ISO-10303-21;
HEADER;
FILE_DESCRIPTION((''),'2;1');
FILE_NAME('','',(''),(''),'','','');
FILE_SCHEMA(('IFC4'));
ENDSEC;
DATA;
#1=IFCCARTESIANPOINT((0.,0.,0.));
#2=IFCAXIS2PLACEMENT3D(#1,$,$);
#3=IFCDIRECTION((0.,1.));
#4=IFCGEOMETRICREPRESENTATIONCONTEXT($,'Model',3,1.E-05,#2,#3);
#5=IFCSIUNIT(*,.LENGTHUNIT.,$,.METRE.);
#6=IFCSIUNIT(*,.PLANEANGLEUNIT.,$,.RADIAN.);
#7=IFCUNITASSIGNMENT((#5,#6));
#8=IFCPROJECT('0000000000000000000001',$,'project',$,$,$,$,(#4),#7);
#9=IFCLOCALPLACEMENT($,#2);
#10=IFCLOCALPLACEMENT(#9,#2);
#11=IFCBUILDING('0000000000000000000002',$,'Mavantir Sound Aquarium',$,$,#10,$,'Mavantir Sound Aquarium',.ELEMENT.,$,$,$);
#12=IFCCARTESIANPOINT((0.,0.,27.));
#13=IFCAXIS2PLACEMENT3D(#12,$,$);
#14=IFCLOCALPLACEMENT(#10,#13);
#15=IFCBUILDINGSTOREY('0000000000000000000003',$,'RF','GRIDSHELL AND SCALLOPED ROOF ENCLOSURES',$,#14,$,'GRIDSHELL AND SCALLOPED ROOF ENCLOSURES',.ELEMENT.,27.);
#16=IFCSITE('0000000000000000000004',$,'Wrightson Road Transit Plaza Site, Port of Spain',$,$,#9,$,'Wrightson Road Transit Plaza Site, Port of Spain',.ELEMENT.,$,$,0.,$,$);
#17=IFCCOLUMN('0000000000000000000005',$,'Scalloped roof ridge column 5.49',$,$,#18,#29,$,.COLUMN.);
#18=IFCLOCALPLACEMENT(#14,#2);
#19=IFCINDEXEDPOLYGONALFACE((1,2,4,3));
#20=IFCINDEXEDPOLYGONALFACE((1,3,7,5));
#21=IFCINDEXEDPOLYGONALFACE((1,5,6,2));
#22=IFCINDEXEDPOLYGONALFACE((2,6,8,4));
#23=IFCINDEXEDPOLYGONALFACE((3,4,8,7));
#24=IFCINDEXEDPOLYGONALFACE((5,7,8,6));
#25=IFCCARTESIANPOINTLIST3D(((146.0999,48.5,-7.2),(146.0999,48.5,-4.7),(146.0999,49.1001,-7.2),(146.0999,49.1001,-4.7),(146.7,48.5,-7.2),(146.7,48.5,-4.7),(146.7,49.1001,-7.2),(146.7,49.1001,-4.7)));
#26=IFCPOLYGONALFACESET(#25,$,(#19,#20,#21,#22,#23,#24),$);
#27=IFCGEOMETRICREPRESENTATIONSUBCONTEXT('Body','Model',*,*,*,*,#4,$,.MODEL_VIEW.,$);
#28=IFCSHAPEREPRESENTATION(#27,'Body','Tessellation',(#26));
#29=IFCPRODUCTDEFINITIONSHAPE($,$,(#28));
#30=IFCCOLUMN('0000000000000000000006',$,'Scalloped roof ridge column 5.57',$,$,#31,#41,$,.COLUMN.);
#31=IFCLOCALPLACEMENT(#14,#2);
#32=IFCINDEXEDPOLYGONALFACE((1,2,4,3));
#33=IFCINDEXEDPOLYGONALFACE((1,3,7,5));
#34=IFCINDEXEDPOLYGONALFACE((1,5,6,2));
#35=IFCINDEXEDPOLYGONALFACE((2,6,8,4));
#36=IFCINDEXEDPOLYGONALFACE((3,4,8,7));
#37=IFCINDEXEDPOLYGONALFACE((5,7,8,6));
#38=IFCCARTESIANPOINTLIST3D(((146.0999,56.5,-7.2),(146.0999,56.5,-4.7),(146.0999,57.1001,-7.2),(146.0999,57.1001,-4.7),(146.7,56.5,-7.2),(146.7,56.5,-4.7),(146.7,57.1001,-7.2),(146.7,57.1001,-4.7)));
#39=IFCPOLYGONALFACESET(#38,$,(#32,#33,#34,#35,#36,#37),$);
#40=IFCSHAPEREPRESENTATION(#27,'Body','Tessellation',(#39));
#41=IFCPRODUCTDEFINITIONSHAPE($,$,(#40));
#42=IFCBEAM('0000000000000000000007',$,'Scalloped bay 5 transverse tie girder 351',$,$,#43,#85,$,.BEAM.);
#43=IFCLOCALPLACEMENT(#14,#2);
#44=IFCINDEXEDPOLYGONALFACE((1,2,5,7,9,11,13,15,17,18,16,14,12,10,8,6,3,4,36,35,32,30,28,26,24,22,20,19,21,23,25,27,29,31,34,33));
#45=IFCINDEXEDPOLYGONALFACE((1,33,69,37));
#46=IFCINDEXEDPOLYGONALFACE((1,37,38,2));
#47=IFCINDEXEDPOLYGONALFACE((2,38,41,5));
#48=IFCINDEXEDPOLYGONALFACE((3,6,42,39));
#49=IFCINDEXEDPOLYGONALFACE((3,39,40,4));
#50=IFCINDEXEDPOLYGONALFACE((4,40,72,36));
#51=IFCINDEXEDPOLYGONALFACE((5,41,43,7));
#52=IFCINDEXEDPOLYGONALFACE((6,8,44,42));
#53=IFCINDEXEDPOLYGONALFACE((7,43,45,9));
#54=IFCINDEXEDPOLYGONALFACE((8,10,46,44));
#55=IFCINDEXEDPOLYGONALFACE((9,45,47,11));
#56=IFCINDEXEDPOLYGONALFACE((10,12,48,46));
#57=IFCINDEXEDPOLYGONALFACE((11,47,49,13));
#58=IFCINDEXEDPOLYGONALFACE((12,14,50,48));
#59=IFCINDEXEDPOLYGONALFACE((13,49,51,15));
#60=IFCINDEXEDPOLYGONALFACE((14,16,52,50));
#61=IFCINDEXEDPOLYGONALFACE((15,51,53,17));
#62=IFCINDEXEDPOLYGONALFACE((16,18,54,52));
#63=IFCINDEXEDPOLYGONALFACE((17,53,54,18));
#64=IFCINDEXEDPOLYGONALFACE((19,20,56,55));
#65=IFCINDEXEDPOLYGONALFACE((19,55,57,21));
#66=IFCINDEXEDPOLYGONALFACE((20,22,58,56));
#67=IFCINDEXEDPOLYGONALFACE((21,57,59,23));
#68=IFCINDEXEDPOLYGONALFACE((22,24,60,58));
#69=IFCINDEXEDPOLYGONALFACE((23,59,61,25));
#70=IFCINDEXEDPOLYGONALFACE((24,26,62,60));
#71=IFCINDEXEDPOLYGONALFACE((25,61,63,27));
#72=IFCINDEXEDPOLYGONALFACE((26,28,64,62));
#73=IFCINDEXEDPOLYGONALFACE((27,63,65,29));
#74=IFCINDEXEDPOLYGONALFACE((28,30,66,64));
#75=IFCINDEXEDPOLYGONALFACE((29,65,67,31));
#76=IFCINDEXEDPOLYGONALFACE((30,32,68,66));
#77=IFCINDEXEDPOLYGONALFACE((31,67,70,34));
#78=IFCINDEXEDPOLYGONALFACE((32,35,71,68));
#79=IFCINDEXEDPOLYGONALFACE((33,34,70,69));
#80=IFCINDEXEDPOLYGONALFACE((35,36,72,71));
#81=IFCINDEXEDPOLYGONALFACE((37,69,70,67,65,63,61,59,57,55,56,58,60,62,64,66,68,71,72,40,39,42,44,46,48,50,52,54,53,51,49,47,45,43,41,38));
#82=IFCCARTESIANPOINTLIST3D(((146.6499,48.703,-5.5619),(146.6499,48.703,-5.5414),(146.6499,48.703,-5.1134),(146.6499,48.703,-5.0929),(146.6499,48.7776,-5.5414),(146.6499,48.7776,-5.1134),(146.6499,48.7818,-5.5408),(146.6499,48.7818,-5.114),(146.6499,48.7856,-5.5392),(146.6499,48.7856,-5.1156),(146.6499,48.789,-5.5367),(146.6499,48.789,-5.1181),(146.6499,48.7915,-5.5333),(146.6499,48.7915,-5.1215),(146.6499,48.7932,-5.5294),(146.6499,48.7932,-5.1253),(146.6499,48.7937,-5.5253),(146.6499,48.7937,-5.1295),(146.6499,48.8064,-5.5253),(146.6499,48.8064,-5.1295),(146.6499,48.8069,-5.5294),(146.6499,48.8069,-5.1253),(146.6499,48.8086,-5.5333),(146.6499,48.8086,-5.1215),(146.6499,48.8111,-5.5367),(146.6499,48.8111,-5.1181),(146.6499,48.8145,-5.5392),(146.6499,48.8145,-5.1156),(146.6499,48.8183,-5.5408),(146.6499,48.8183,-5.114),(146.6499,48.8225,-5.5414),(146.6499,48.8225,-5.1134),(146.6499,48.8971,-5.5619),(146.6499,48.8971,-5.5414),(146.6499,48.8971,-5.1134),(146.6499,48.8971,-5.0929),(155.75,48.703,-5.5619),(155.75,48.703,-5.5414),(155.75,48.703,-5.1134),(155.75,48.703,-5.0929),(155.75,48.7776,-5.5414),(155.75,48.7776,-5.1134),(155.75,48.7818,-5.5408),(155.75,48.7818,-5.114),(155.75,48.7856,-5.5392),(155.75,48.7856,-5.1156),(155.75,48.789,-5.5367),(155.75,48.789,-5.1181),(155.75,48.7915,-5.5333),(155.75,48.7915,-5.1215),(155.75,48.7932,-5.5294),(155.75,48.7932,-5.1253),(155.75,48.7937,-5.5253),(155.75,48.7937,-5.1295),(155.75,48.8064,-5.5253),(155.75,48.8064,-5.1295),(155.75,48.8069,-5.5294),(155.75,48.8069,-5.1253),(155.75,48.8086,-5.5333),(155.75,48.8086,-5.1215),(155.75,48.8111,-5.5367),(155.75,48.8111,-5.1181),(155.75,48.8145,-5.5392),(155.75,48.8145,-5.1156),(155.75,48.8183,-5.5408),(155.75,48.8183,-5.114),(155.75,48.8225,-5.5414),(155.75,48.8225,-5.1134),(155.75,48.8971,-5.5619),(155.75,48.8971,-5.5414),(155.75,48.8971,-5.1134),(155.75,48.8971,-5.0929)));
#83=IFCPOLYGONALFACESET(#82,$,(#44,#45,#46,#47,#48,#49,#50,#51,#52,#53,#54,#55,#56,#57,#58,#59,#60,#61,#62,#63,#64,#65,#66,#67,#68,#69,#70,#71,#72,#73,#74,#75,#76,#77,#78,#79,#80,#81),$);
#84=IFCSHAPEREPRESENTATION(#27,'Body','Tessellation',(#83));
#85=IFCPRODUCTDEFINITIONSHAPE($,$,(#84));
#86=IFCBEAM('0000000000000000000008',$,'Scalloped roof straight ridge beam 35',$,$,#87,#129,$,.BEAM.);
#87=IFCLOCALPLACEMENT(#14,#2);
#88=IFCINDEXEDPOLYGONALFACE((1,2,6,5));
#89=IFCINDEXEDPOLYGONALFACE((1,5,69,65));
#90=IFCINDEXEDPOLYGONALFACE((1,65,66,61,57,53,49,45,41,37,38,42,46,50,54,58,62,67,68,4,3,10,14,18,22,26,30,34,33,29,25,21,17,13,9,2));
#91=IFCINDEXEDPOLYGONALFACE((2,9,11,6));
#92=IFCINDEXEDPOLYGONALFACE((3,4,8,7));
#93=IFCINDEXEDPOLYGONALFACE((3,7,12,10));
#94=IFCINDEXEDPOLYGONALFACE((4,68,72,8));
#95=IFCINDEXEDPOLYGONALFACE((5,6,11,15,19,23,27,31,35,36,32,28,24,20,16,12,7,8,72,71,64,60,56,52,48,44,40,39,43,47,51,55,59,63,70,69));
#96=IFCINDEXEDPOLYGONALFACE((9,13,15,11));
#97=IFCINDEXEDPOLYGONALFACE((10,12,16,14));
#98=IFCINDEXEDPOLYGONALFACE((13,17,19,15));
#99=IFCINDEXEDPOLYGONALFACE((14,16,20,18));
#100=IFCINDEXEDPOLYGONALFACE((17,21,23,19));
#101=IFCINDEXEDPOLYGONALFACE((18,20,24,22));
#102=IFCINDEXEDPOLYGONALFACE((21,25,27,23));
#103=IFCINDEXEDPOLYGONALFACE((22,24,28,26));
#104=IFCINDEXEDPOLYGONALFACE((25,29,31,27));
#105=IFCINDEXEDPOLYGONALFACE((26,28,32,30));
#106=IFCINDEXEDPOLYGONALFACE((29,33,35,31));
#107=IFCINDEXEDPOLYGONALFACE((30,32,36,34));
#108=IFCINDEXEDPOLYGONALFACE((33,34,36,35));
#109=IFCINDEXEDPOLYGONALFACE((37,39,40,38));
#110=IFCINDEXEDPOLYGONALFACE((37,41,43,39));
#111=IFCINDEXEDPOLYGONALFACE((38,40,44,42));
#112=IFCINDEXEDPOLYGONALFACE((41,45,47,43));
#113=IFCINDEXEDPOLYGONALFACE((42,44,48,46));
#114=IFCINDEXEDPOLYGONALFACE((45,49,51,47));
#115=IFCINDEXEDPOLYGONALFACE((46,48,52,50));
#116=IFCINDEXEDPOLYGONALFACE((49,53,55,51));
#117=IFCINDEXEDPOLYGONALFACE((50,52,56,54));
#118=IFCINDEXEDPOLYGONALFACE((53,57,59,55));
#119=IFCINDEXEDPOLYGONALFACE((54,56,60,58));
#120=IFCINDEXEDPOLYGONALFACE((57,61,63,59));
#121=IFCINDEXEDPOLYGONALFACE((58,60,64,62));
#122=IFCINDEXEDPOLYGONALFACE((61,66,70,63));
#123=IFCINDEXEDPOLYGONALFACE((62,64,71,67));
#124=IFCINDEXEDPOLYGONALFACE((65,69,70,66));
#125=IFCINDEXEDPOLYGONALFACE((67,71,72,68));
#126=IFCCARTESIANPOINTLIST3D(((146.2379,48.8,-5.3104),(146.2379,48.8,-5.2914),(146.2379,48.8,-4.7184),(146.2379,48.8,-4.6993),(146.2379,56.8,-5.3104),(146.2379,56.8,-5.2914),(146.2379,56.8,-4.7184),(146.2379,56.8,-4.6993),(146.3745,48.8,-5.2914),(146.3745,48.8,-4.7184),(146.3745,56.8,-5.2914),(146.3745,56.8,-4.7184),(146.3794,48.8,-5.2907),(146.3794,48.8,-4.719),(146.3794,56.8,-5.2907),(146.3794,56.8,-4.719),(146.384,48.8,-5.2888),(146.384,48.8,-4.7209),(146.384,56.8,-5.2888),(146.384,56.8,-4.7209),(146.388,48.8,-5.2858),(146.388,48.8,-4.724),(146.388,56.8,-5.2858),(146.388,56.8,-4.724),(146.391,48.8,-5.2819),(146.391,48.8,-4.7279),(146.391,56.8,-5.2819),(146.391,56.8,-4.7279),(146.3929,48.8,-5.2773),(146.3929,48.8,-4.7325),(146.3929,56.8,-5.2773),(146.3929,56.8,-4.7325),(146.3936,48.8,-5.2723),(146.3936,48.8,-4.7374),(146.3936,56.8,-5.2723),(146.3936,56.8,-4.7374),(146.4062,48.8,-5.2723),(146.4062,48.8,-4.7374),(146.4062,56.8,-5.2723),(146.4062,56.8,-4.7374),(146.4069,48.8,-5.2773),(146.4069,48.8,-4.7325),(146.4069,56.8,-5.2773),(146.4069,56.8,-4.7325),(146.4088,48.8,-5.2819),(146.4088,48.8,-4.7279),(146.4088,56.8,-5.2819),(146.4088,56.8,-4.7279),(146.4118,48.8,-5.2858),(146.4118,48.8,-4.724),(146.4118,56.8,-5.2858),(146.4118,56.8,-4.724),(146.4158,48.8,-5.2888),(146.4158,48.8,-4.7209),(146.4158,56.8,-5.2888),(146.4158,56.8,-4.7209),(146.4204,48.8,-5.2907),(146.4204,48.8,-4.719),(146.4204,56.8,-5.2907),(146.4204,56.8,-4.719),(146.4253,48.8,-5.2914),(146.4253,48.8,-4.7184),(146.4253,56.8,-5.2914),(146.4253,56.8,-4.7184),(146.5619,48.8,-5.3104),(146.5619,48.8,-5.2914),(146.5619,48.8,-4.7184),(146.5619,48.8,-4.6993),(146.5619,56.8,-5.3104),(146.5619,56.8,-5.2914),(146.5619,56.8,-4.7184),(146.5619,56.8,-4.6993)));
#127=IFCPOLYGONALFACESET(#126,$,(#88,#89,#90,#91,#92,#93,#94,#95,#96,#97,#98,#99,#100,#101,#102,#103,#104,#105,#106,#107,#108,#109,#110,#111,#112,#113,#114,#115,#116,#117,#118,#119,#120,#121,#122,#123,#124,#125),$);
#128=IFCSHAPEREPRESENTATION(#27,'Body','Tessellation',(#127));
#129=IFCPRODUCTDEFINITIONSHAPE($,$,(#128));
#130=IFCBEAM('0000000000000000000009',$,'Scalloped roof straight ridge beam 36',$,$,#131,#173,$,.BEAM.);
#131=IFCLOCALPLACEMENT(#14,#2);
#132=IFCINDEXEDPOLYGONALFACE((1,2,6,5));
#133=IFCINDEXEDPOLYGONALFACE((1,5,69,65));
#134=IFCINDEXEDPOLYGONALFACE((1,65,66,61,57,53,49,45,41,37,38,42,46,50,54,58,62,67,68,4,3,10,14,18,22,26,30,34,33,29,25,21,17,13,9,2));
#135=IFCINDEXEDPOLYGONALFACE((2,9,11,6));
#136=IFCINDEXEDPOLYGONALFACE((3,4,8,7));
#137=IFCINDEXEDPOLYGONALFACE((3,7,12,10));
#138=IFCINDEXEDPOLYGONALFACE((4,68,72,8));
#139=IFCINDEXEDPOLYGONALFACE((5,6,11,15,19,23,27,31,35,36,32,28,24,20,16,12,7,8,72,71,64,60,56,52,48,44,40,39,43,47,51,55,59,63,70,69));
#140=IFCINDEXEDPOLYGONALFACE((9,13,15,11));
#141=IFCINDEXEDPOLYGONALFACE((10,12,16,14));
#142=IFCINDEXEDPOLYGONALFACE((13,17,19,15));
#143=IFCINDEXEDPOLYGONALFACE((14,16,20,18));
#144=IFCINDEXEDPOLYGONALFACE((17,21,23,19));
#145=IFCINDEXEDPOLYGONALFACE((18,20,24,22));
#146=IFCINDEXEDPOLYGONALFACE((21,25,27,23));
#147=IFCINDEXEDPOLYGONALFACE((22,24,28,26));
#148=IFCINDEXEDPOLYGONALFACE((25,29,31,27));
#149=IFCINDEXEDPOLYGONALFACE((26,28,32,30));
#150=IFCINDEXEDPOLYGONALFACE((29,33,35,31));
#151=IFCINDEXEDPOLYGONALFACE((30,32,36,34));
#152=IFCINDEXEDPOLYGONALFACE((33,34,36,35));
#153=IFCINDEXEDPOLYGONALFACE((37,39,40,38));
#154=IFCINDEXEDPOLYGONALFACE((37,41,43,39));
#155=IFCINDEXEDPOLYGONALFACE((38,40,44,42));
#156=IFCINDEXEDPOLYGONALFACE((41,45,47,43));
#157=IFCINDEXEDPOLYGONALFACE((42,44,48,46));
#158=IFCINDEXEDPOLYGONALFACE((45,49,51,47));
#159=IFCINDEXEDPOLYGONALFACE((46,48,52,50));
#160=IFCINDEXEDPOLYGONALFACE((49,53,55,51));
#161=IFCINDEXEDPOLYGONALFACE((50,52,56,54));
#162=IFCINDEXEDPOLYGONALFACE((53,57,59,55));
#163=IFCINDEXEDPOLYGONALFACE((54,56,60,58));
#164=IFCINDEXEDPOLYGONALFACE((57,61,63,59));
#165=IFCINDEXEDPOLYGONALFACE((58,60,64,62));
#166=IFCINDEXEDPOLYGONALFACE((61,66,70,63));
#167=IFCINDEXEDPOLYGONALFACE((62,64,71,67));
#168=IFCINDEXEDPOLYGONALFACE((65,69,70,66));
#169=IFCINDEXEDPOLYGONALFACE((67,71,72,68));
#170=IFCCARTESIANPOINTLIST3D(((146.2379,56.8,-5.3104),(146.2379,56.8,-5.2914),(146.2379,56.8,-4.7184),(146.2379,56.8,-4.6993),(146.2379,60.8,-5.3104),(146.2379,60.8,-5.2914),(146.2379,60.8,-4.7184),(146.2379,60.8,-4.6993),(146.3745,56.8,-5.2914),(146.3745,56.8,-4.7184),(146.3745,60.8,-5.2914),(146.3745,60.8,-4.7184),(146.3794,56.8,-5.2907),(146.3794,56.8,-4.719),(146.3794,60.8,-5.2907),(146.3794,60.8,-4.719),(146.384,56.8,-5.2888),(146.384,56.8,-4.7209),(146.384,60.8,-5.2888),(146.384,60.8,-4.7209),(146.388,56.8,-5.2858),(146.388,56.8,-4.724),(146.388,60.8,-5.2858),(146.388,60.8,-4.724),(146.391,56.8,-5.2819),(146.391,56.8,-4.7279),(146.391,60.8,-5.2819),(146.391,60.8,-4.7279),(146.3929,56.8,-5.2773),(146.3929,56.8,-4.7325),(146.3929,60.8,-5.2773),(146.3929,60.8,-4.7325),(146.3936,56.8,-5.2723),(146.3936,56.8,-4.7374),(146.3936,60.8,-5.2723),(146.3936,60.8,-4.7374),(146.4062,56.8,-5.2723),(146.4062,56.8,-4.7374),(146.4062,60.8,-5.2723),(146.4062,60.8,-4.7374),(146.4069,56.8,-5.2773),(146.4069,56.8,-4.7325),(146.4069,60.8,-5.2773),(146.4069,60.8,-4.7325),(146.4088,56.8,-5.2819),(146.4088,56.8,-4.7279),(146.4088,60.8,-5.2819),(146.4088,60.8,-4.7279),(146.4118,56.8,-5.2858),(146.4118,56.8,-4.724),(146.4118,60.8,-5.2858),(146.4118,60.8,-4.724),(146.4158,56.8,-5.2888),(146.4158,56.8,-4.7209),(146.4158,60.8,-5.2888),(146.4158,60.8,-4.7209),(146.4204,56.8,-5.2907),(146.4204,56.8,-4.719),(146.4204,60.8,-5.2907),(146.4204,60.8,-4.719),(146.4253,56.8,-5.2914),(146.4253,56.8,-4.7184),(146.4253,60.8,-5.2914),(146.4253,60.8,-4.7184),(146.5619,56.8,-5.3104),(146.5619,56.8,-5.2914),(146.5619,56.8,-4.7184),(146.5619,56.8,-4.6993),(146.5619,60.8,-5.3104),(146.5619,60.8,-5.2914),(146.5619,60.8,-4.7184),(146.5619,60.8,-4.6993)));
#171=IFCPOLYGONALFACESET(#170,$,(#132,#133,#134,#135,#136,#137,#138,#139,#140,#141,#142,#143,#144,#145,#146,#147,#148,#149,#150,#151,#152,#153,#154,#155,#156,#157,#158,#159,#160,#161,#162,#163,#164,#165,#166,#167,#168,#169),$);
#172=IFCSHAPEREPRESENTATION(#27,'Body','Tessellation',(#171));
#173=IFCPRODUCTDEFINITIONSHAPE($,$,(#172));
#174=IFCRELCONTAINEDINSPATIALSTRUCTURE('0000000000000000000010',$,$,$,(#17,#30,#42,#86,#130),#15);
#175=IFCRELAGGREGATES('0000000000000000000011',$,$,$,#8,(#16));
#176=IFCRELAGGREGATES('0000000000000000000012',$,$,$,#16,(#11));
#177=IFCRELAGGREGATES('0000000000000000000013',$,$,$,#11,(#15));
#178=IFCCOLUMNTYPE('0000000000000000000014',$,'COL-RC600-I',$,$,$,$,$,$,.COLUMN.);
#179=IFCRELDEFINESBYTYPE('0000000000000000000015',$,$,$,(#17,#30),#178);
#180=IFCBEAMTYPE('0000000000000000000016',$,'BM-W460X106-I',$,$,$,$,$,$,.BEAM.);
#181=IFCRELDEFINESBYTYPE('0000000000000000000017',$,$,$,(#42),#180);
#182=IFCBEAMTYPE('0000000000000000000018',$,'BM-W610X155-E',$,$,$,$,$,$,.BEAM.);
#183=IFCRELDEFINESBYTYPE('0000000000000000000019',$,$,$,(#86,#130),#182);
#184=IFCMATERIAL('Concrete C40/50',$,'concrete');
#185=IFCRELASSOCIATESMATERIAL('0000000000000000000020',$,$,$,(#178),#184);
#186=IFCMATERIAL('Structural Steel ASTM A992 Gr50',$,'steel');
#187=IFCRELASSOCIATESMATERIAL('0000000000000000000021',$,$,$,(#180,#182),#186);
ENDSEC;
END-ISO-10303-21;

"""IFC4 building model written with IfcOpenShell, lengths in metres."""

from ifc_helpers import new_model, si_unit, direction, frame, origin, origin_2d, place, context, subcontext, project, spatial, rectangle, i_section, extrude, material, material_profile, profile_set, type_object, element, save


model = new_model("IFC4")

# Units and contexts
model_context = context("Model", 3, precision=1e-05, world=origin(), true_north=direction((0.0, 1.0)))
body_context = subcontext(model_context, "Body", "Model", "MODEL_VIEW")
ifc_project = project(units=[si_unit("LENGTHUNIT", "METRE"), si_unit("PLANEANGLEUNIT", "RADIAN")], contexts=[model_context])

# Site, building, storey
site_placement = place(None, origin())
site = spatial("IfcSite", under=ifc_project, at=site_placement, Name="Wrightson Road Transit Plaza Site, Port of Spain", LongName="Wrightson Road Transit Plaza Site, Port of Spain", CompositionType="ELEMENT", RefElevation=0.0)
building_placement = place(site_placement, origin())
building = spatial("IfcBuilding", under=site, at=building_placement, Name="Mavantir Sound Aquarium", LongName="Mavantir Sound Aquarium", CompositionType="ELEMENT")
storey_placement = place(building_placement, frame((0.0, 0.0, 27.0)))
storey = spatial("IfcBuildingStorey", under=building, at=storey_placement, Name="RF", Description="GRIDSHELL AND SCALLOPED ROOF ENCLOSURES", LongName="GRIDSHELL AND SCALLOPED ROOF ENCLOSURES", CompositionType="ELEMENT", Elevation=27.0)

# Columns
ifc_material_1 = material(Name="Concrete C40/50", Category="concrete")
ifc_material_profile_1 = material_profile(ifc_material_1, rectangle(XDim=0.6001, YDim=0.6001, at=origin_2d()), Name="RC 600X600")
ifc_profile_set_1 = profile_set([ifc_material_profile_1], Name="Concrete C40/50")
column_type = type_object("IfcColumnType", Name="COL-RC600-I", PredefinedType="COLUMN", material=ifc_profile_set_1)
for number, where, z_axis, x_axis, name in (
    (1, (146.3999, 48.8, -7.2), (0.0, 0.0, 1.0), (1.0, 0.0, 0.0), "Scalloped roof ridge column 5.49"),
    (2, (146.3999, 56.8, -7.2), (0.0, 0.0, 1.0), (1.0, 0.0, 0.0), "Scalloped roof ridge column 5.57"),
):
    element("IfcColumn", number, at=place(storey_placement, frame(where, z_axis=z_axis, x_axis=x_axis)), inside=storey, type_object=column_type, Name=name, PredefinedType="COLUMN", context=body_context, shape_type="SweptSolid", body=[
        extrude(rectangle(XDim=0.6001, YDim=0.6001, at=origin_2d()), origin(), (0.0, 0.0, 1.0), 2.5),
    ])

# Beams
ifc_material_2 = material(Name="Structural Steel ASTM A992 Gr50", Category="steel")
ifc_material_profile_2 = material_profile(ifc_material_2, i_section(OverallWidth=0.1941, OverallDepth=0.469, WebThickness=0.0127, FlangeThickness=0.0205, FilletRadius=0.0161, at=origin_2d()), Name="W460X106")
ifc_profile_set_2 = profile_set([ifc_material_profile_2], Name="Structural Steel ASTM A992 Gr50")
beam_type_1 = type_object("IfcBeamType", Name="BM-W460X106-I", PredefinedType="BEAM", material=ifc_profile_set_2)
beam_1_placement = place(storey_placement, frame((146.6499, 48.8, -5.3274), z_axis=(1.0, 0.0, 0.0), x_axis=(0.0, 1.0, 0.0)))
element("IfcBeam", 3, at=beam_1_placement, inside=storey, type_object=beam_type_1, Name="Scalloped bay 5 transverse tie girder 351", PredefinedType="BEAM", context=body_context, shape_type="SweptSolid", body=[
    extrude(i_section(OverallWidth=0.1941, OverallDepth=0.469, WebThickness=0.0127, FlangeThickness=0.0205, FilletRadius=0.0161, at=origin_2d()), origin(), (0.0, 0.0, 1.0), 9.1001),
])
ifc_material_profile_3 = material_profile(ifc_material_2, i_section(OverallWidth=0.324, OverallDepth=0.6111, WebThickness=0.0127, FlangeThickness=0.019, FilletRadius=0.019, at=origin_2d()), Name="W610X155")
ifc_profile_set_3 = profile_set([ifc_material_profile_3], Name="Structural Steel ASTM A992 Gr50")
beam_type_2 = type_object("IfcBeamType", Name="BM-W610X155-E", PredefinedType="BEAM", material=ifc_profile_set_3)
beam_2_placement = place(storey_placement, frame((146.3999, 48.8, -5.0049), z_axis=(0.0, 1.0, 0.0), x_axis=(-1.0, 0.0, 0.0)))
element("IfcBeam", 4, at=beam_2_placement, inside=storey, type_object=beam_type_2, Name="Scalloped roof straight ridge beam 35", PredefinedType="BEAM", context=body_context, shape_type="SweptSolid", body=[
    extrude(i_section(OverallWidth=0.324, OverallDepth=0.6111, WebThickness=0.0127, FlangeThickness=0.019, FilletRadius=0.019, at=origin_2d()), origin(), (0.0, 0.0, 1.0), 8.0),
])
beam_3_placement = place(storey_placement, frame((146.3999, 56.8, -5.0049), z_axis=(0.0, 1.0, 0.0), x_axis=(-1.0, 0.0, 0.0)))
element("IfcBeam", 5, at=beam_3_placement, inside=storey, type_object=beam_type_2, Name="Scalloped roof straight ridge beam 36", PredefinedType="BEAM", context=body_context, shape_type="SweptSolid", body=[
    extrude(i_section(OverallWidth=0.324, OverallDepth=0.6111, WebThickness=0.0127, FlangeThickness=0.019, FilletRadius=0.019, at=origin_2d()), origin(), (0.0, 0.0, 1.0), 4.0),
])

save(model, "model.ifc")
